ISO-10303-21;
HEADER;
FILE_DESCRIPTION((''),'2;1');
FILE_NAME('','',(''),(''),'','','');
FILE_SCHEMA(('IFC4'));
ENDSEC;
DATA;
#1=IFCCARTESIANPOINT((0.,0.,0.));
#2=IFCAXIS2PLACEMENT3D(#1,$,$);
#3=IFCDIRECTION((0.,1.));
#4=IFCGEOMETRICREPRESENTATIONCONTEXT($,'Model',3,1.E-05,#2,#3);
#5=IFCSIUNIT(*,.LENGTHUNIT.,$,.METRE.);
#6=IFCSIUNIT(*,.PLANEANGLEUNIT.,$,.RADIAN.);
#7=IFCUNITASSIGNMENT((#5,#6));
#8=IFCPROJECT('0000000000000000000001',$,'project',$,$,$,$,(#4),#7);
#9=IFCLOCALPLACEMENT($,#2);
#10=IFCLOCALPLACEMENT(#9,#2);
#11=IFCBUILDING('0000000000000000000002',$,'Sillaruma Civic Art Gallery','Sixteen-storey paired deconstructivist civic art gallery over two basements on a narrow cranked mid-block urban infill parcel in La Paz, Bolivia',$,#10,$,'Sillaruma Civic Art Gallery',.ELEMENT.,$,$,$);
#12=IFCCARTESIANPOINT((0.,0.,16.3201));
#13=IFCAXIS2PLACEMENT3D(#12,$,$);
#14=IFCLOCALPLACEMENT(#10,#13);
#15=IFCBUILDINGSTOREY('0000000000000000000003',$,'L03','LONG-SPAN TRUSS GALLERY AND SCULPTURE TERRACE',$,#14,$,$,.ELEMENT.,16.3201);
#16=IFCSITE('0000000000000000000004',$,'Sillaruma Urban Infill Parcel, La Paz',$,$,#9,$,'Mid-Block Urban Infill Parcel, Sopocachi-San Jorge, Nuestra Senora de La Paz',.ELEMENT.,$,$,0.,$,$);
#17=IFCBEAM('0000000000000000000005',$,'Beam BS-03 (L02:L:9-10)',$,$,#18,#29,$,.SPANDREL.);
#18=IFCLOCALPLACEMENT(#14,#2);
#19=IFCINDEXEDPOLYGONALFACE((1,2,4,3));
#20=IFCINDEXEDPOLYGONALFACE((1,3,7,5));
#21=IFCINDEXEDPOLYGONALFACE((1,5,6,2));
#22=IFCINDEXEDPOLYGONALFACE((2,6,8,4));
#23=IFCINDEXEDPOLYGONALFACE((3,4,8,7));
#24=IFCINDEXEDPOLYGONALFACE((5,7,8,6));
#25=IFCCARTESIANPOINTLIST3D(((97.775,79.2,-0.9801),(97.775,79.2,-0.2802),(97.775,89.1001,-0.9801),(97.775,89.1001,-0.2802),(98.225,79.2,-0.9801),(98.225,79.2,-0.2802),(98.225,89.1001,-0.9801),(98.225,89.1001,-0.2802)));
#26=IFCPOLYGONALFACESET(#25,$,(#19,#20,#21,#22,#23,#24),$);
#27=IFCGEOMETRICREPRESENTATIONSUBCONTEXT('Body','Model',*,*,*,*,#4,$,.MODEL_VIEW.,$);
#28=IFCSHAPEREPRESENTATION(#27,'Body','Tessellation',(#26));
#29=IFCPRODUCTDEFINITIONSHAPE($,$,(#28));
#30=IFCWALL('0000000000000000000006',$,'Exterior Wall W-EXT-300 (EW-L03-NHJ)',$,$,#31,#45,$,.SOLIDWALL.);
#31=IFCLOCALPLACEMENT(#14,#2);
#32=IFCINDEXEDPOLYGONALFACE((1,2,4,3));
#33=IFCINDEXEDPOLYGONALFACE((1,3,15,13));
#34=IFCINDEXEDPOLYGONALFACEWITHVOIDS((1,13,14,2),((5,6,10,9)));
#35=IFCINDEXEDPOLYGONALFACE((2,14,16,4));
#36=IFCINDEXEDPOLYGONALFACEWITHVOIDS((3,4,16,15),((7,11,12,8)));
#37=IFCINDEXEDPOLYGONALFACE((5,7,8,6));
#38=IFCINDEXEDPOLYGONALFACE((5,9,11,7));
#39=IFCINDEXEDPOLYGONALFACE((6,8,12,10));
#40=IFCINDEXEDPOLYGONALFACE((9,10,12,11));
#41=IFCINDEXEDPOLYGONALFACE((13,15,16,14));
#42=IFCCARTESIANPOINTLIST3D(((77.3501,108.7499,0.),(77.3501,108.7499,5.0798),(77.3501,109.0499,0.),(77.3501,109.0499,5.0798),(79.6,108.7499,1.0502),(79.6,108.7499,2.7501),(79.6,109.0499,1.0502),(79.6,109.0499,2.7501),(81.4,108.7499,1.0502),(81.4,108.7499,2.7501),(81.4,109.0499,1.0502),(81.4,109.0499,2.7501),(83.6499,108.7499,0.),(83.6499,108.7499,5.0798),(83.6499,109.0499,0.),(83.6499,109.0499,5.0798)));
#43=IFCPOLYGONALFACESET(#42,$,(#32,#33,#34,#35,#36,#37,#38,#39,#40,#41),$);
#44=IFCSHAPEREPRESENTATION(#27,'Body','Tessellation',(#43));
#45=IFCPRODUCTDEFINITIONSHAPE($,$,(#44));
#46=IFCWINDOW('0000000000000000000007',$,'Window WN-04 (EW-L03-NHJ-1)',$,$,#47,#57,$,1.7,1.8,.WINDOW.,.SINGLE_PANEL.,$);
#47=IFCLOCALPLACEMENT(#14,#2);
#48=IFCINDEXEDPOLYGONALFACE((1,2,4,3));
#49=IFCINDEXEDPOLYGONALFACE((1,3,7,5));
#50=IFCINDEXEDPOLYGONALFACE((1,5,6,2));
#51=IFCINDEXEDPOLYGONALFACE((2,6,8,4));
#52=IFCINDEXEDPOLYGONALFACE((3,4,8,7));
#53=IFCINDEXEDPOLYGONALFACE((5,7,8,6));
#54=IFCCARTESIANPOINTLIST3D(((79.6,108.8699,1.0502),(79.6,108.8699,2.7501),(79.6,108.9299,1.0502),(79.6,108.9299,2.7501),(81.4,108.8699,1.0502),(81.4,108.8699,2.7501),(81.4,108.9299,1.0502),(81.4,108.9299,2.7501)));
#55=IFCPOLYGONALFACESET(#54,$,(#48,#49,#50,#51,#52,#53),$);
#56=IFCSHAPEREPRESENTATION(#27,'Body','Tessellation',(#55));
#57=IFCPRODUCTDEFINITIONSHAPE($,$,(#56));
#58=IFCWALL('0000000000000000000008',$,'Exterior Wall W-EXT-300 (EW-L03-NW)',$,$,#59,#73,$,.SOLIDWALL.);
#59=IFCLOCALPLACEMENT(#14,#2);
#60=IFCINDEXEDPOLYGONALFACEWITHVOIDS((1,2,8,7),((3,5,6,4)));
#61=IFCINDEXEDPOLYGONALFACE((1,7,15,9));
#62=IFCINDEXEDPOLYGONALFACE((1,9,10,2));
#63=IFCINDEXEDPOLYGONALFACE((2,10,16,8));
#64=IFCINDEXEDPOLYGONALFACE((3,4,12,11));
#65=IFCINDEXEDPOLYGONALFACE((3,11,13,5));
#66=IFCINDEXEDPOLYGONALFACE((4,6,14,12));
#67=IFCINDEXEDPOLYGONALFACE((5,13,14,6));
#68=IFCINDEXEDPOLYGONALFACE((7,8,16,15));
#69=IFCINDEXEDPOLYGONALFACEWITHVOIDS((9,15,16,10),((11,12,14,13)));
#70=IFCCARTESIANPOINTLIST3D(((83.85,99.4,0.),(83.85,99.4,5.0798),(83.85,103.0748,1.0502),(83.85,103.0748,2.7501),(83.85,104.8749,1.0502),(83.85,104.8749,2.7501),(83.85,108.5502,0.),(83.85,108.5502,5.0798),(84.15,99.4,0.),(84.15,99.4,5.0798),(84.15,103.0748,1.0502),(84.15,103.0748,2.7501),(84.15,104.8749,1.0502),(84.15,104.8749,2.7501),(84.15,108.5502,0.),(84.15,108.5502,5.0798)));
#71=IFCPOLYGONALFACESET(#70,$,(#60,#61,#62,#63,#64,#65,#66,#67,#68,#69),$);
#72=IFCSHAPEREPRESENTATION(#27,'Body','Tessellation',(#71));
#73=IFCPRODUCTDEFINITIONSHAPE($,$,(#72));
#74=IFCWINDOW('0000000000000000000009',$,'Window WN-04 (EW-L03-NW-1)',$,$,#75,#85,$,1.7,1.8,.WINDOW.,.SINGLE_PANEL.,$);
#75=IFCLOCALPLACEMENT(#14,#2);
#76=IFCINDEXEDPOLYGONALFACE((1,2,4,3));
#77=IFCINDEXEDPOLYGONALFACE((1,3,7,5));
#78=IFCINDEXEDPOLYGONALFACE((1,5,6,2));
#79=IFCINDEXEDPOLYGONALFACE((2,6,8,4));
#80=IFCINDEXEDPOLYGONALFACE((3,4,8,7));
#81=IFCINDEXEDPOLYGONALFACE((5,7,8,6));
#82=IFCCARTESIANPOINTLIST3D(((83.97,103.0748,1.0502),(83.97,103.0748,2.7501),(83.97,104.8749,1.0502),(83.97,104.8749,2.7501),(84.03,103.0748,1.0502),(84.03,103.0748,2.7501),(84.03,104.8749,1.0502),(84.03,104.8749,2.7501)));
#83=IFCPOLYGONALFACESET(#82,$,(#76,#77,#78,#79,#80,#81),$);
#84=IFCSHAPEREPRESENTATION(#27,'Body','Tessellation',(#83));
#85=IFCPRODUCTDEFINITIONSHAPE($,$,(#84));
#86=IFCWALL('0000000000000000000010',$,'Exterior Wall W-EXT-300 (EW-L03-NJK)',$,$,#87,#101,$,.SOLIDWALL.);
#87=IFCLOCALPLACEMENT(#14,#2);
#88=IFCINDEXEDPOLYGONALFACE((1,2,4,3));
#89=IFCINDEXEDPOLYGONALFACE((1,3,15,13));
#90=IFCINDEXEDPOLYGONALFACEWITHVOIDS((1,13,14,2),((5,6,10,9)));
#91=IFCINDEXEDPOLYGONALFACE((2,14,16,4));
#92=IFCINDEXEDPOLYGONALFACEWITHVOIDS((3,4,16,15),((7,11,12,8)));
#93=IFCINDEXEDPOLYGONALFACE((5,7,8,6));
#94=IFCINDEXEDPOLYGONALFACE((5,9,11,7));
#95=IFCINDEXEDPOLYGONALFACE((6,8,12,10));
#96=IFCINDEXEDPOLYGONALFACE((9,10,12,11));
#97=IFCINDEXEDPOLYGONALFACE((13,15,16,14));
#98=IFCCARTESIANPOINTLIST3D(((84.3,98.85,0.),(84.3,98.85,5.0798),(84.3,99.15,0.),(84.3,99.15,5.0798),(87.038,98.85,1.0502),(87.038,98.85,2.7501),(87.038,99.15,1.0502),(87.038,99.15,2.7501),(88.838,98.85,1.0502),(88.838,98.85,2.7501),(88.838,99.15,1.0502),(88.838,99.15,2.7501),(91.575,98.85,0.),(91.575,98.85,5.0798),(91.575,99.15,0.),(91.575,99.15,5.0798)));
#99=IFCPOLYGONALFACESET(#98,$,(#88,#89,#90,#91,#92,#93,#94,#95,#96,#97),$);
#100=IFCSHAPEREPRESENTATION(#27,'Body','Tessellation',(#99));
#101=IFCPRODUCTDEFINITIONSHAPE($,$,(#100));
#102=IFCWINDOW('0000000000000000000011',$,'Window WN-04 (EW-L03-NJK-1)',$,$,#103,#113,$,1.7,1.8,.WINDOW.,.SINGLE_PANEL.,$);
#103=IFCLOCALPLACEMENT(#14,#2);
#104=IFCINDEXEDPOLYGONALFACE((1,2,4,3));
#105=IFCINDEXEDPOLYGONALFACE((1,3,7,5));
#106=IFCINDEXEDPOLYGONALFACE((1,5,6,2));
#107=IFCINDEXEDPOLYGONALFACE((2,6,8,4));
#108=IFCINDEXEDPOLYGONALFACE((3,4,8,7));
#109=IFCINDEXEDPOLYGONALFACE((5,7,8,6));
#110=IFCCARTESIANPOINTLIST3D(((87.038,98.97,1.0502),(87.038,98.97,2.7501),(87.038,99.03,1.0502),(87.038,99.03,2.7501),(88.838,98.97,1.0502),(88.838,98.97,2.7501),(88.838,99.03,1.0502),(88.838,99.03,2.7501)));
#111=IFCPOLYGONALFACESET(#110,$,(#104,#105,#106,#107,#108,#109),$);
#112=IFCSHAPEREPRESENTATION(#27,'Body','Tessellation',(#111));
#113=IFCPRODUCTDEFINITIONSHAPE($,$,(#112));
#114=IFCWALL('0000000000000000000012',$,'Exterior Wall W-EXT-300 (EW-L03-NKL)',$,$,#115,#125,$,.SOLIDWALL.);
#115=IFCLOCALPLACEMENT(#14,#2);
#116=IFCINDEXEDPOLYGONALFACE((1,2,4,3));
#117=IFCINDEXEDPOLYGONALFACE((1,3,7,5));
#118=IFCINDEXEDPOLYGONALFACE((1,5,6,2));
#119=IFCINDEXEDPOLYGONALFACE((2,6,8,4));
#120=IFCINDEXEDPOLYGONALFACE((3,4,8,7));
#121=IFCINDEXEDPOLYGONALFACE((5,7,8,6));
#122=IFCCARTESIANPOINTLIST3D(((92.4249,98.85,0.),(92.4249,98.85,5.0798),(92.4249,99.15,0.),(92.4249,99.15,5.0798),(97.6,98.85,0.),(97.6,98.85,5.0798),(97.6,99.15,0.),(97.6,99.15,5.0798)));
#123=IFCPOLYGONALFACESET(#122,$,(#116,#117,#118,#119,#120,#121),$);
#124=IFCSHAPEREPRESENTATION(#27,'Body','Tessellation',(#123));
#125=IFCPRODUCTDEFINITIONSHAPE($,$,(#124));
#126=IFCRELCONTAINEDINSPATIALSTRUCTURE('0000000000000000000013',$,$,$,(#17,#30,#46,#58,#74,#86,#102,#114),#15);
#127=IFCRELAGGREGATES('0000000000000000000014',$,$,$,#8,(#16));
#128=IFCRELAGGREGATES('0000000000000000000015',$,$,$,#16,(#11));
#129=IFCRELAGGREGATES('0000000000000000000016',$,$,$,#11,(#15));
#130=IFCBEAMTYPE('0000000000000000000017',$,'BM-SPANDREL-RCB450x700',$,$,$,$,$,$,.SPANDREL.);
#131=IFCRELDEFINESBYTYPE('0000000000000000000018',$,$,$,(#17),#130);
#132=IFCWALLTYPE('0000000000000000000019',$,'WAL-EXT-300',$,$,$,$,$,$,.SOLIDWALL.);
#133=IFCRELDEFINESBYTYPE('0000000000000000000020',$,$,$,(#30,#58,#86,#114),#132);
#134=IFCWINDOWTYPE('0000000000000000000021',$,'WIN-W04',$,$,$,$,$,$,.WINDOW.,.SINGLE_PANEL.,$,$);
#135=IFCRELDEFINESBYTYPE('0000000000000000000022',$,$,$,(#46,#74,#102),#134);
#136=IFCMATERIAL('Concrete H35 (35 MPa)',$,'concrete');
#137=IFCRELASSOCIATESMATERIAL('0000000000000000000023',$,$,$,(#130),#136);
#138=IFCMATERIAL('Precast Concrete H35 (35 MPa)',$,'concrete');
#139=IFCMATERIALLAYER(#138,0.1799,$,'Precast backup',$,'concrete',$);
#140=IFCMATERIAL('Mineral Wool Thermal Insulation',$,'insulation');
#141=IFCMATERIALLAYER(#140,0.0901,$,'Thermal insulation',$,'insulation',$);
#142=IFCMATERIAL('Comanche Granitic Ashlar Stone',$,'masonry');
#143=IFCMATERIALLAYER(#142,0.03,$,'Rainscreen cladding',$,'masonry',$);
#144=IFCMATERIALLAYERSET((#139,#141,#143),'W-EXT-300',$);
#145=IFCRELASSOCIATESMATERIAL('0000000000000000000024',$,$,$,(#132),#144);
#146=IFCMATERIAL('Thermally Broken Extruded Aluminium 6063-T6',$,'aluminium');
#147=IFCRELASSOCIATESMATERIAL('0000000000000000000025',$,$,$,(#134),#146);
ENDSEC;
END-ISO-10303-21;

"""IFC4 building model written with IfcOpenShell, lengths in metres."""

from ifc_helpers import new_model, si_unit, direction, frame, frame_2d, origin, origin_2d, place, context, subcontext, project, spatial, rectangle, extrude, material, layer, layer_set, material_profile, profile_set, type_object, element, fill, save


model = new_model("IFC4")

# Units and contexts
model_context = context("Model", 3, precision=1e-05, world=origin(), true_north=direction((0.0, 1.0)))
body_context = subcontext(model_context, "Body", "Model", "MODEL_VIEW")
ifc_project = project(units=[si_unit("LENGTHUNIT", "METRE"), si_unit("PLANEANGLEUNIT", "RADIAN")], contexts=[model_context])

# Site, building, storey
site_placement = place(None, origin())
site = spatial("IfcSite", under=ifc_project, at=site_placement, Name="Sillaruma Urban Infill Parcel, La Paz", LongName="Mid-Block Urban Infill Parcel, Sopocachi-San Jorge, Nuestra Senora de La Paz", CompositionType="ELEMENT", RefElevation=0.0)
building_placement = place(site_placement, origin())
building = spatial("IfcBuilding", under=site, at=building_placement, Name="Sillaruma Civic Art Gallery", Description="Sixteen-storey paired deconstructivist civic art gallery over two basements on a narrow cranked mid-block urban infill parcel in La Paz, Bolivia", LongName="Sillaruma Civic Art Gallery", CompositionType="ELEMENT")
storey_placement = place(building_placement, frame((0.0, 0.0, 16.3201)))
storey = spatial("IfcBuildingStorey", under=building, at=storey_placement, Name="L03", Description="LONG-SPAN TRUSS GALLERY AND SCULPTURE TERRACE", CompositionType="ELEMENT", Elevation=16.3201)

# Beam
ifc_material_1 = material(Name="Concrete H35 (35 MPa)", Category="concrete")
ifc_material_profile_1 = material_profile(ifc_material_1, rectangle(XDim=0.45, YDim=0.7, at=origin_2d()), Name="RCB450x700")
ifc_profile_set_1 = profile_set([ifc_material_profile_1], Name="Concrete H35 (35 MPa)")
beam_type_1 = type_object("IfcBeamType", Name="BM-SPANDREL-RCB450x700", PredefinedType="SPANDREL", material=ifc_profile_set_1)
beam_1_placement = place(storey_placement, frame((98.0, 79.2, -0.6301), z_axis=(0.0, 1.0, 0.0), x_axis=(-1.0, 0.0, 0.0)))
element("IfcBeam", 1, at=beam_1_placement, inside=storey, type_object=beam_type_1, Name="Beam BS-03 (L02:L:9-10)", PredefinedType="SPANDREL", context=body_context, shape_type="SweptSolid", body=[
    extrude(rectangle(XDim=0.45, YDim=0.7, at=origin_2d()), origin(), (0.0, 0.0, 1.0), 9.9001),
])

# Walls, openings, windows
ifc_material_2 = material(Name="Precast Concrete H35 (35 MPa)", Category="concrete")
ifc_layer_1 = layer(ifc_material_2, 0.1799, Name="Precast backup", Category="concrete")
ifc_material_3 = material(Name="Mineral Wool Thermal Insulation", Category="insulation")
ifc_layer_2 = layer(ifc_material_3, 0.0901, Name="Thermal insulation", Category="insulation")
ifc_material_4 = material(Name="Comanche Granitic Ashlar Stone", Category="masonry")
ifc_layer_3 = layer(ifc_material_4, 0.03, Name="Rainscreen cladding", Category="masonry")
ifc_layer_set = layer_set([ifc_layer_1, ifc_layer_2, ifc_layer_3], Name="W-EXT-300")
wall_type = type_object("IfcWallType", Name="WAL-EXT-300", PredefinedType="SOLIDWALL", material=ifc_layer_set)
wall_1_placement = place(storey_placement, frame((77.3501, 108.8999, 0.0), z_axis=(0.0, 0.0, 1.0), x_axis=(1.0, 0.0, 0.0)))
wall_1 = element("IfcWall", 2, at=wall_1_placement, inside=storey, type_object=wall_type, Name="Exterior Wall W-EXT-300 (EW-L03-NHJ)", PredefinedType="SOLIDWALL", context=body_context, shape_type="SweptSolid", body=[
    extrude(rectangle(XDim=6.2998, YDim=0.3, at=frame_2d((3.1499, 0.0))), origin(), (0.0, 0.0, 1.0), 5.0798),
])
opening_1_placement = place(wall_1_placement, frame((2.25, 0.0, 1.05)))
opening_1 = element("IfcOpeningElement", 3, at=opening_1_placement, cuts=wall_1, PredefinedType="OPENING", context=body_context, shape_type="SweptSolid", body=[
    extrude(rectangle(XDim=1.8, YDim=1.7, at=frame_2d((0.8999, 0.8501))), frame((0.0, 0.1599, 0.0), z_axis=(0.0, -1.0, 0.0), x_axis=(1.0, 0.0, 0.0)), (0.0, 0.0, 1.0), 0.3201),
])
ifc_material_5 = material(Name="Thermally Broken Extruded Aluminium 6063-T6", Category="aluminium")
window_type = type_object("IfcWindowType", Name="WIN-W04", PartitioningType="SINGLE_PANEL", PredefinedType="WINDOW", material=ifc_material_5)
window_1_placement = place(opening_1_placement, origin())
window_1 = element("IfcWindow", 4, at=window_1_placement, inside=storey, type_object=window_type, Name="Window WN-04 (EW-L03-NHJ-1)", OverallHeight=1.7, OverallWidth=1.8, PartitioningType="SINGLE_PANEL", PredefinedType="WINDOW", context=body_context, shape_type="SweptSolid", body=[
    extrude(rectangle(XDim=1.8, YDim=1.7, at=frame_2d((0.8999, 0.8501))), frame((0.0, 0.03, 0.0), z_axis=(0.0, -1.0, 0.0), x_axis=(1.0, 0.0, 0.0)), (0.0, 0.0, 1.0), 0.0601),
])
fill(opening_1, window_1)
wall_2_placement = place(storey_placement, frame((84.0, 99.3999, 0.0), z_axis=(0.0, 0.0, 1.0), x_axis=(0.0, 1.0, 0.0)))
wall_2 = element("IfcWall", 5, at=wall_2_placement, inside=storey, type_object=wall_type, Name="Exterior Wall W-EXT-300 (EW-L03-NW)", PredefinedType="SOLIDWALL", context=body_context, shape_type="SweptSolid", body=[
    extrude(rectangle(XDim=9.1501, YDim=0.3, at=frame_2d((4.5752, 0.0))), origin(), (0.0, 0.0, 1.0), 5.0798),
])
opening_2_placement = place(wall_2_placement, frame((3.675, 0.0, 1.05)))
opening_2 = element("IfcOpeningElement", 6, at=opening_2_placement, cuts=wall_2, PredefinedType="OPENING", context=body_context, shape_type="SweptSolid", body=[
    extrude(rectangle(XDim=1.8, YDim=1.7, at=frame_2d((0.8999, 0.8501))), frame((0.0, 0.1599, 0.0), z_axis=(0.0, -1.0, 0.0), x_axis=(1.0, 0.0, 0.0)), (0.0, 0.0, 1.0), 0.3201),
])
window_2_placement = place(opening_2_placement, origin())
window_2 = element("IfcWindow", 7, at=window_2_placement, inside=storey, type_object=window_type, Name="Window WN-04 (EW-L03-NW-1)", OverallHeight=1.7, OverallWidth=1.8, PartitioningType="SINGLE_PANEL", PredefinedType="WINDOW", context=body_context, shape_type="SweptSolid", body=[
    extrude(rectangle(XDim=1.8, YDim=1.7, at=frame_2d((0.8999, 0.8501))), frame((0.0, 0.03, 0.0), z_axis=(0.0, -1.0, 0.0), x_axis=(1.0, 0.0, 0.0)), (0.0, 0.0, 1.0), 0.0601),
])
fill(opening_2, window_2)
wall_3_placement = place(storey_placement, frame((84.3, 99.0, 0.0), z_axis=(0.0, 0.0, 1.0), x_axis=(1.0, 0.0, 0.0)))
wall_3 = element("IfcWall", 8, at=wall_3_placement, inside=storey, type_object=wall_type, Name="Exterior Wall W-EXT-300 (EW-L03-NJK)", PredefinedType="SOLIDWALL", context=body_context, shape_type="SweptSolid", body=[
    extrude(rectangle(XDim=7.2749, YDim=0.3, at=frame_2d((3.6375, 0.0))), origin(), (0.0, 0.0, 1.0), 5.0798),
])
opening_3_placement = place(wall_3_placement, frame((2.738, 0.0, 1.05)))
opening_3 = element("IfcOpeningElement", 9, at=opening_3_placement, cuts=wall_3, PredefinedType="OPENING", context=body_context, shape_type="SweptSolid", body=[
    extrude(rectangle(XDim=1.8, YDim=1.7, at=frame_2d((0.8999, 0.8501))), frame((0.0, 0.1599, 0.0), z_axis=(0.0, -1.0, 0.0), x_axis=(1.0, 0.0, 0.0)), (0.0, 0.0, 1.0), 0.3201),
])
window_3_placement = place(opening_3_placement, origin())
window_3 = element("IfcWindow", 10, at=window_3_placement, inside=storey, type_object=window_type, Name="Window WN-04 (EW-L03-NJK-1)", OverallHeight=1.7, OverallWidth=1.8, PartitioningType="SINGLE_PANEL", PredefinedType="WINDOW", context=body_context, shape_type="SweptSolid", body=[
    extrude(rectangle(XDim=1.8, YDim=1.7, at=frame_2d((0.8999, 0.8501))), frame((0.0, 0.03, 0.0), z_axis=(0.0, -1.0, 0.0), x_axis=(1.0, 0.0, 0.0)), (0.0, 0.0, 1.0), 0.0601),
])
fill(opening_3, window_3)

# Wall
wall_4_placement = place(storey_placement, frame((92.425, 99.0, 0.0), z_axis=(0.0, 0.0, 1.0), x_axis=(1.0, 0.0, 0.0)))
element("IfcWall", 11, at=wall_4_placement, inside=storey, type_object=wall_type, Name="Exterior Wall W-EXT-300 (EW-L03-NKL)", PredefinedType="SOLIDWALL", context=body_context, shape_type="SweptSolid", body=[
    extrude(rectangle(XDim=5.175, YDim=0.3, at=frame_2d((2.5874, 0.0))), origin(), (0.0, 0.0, 1.0), 5.0798),
])

save(model, "model.ifc")
